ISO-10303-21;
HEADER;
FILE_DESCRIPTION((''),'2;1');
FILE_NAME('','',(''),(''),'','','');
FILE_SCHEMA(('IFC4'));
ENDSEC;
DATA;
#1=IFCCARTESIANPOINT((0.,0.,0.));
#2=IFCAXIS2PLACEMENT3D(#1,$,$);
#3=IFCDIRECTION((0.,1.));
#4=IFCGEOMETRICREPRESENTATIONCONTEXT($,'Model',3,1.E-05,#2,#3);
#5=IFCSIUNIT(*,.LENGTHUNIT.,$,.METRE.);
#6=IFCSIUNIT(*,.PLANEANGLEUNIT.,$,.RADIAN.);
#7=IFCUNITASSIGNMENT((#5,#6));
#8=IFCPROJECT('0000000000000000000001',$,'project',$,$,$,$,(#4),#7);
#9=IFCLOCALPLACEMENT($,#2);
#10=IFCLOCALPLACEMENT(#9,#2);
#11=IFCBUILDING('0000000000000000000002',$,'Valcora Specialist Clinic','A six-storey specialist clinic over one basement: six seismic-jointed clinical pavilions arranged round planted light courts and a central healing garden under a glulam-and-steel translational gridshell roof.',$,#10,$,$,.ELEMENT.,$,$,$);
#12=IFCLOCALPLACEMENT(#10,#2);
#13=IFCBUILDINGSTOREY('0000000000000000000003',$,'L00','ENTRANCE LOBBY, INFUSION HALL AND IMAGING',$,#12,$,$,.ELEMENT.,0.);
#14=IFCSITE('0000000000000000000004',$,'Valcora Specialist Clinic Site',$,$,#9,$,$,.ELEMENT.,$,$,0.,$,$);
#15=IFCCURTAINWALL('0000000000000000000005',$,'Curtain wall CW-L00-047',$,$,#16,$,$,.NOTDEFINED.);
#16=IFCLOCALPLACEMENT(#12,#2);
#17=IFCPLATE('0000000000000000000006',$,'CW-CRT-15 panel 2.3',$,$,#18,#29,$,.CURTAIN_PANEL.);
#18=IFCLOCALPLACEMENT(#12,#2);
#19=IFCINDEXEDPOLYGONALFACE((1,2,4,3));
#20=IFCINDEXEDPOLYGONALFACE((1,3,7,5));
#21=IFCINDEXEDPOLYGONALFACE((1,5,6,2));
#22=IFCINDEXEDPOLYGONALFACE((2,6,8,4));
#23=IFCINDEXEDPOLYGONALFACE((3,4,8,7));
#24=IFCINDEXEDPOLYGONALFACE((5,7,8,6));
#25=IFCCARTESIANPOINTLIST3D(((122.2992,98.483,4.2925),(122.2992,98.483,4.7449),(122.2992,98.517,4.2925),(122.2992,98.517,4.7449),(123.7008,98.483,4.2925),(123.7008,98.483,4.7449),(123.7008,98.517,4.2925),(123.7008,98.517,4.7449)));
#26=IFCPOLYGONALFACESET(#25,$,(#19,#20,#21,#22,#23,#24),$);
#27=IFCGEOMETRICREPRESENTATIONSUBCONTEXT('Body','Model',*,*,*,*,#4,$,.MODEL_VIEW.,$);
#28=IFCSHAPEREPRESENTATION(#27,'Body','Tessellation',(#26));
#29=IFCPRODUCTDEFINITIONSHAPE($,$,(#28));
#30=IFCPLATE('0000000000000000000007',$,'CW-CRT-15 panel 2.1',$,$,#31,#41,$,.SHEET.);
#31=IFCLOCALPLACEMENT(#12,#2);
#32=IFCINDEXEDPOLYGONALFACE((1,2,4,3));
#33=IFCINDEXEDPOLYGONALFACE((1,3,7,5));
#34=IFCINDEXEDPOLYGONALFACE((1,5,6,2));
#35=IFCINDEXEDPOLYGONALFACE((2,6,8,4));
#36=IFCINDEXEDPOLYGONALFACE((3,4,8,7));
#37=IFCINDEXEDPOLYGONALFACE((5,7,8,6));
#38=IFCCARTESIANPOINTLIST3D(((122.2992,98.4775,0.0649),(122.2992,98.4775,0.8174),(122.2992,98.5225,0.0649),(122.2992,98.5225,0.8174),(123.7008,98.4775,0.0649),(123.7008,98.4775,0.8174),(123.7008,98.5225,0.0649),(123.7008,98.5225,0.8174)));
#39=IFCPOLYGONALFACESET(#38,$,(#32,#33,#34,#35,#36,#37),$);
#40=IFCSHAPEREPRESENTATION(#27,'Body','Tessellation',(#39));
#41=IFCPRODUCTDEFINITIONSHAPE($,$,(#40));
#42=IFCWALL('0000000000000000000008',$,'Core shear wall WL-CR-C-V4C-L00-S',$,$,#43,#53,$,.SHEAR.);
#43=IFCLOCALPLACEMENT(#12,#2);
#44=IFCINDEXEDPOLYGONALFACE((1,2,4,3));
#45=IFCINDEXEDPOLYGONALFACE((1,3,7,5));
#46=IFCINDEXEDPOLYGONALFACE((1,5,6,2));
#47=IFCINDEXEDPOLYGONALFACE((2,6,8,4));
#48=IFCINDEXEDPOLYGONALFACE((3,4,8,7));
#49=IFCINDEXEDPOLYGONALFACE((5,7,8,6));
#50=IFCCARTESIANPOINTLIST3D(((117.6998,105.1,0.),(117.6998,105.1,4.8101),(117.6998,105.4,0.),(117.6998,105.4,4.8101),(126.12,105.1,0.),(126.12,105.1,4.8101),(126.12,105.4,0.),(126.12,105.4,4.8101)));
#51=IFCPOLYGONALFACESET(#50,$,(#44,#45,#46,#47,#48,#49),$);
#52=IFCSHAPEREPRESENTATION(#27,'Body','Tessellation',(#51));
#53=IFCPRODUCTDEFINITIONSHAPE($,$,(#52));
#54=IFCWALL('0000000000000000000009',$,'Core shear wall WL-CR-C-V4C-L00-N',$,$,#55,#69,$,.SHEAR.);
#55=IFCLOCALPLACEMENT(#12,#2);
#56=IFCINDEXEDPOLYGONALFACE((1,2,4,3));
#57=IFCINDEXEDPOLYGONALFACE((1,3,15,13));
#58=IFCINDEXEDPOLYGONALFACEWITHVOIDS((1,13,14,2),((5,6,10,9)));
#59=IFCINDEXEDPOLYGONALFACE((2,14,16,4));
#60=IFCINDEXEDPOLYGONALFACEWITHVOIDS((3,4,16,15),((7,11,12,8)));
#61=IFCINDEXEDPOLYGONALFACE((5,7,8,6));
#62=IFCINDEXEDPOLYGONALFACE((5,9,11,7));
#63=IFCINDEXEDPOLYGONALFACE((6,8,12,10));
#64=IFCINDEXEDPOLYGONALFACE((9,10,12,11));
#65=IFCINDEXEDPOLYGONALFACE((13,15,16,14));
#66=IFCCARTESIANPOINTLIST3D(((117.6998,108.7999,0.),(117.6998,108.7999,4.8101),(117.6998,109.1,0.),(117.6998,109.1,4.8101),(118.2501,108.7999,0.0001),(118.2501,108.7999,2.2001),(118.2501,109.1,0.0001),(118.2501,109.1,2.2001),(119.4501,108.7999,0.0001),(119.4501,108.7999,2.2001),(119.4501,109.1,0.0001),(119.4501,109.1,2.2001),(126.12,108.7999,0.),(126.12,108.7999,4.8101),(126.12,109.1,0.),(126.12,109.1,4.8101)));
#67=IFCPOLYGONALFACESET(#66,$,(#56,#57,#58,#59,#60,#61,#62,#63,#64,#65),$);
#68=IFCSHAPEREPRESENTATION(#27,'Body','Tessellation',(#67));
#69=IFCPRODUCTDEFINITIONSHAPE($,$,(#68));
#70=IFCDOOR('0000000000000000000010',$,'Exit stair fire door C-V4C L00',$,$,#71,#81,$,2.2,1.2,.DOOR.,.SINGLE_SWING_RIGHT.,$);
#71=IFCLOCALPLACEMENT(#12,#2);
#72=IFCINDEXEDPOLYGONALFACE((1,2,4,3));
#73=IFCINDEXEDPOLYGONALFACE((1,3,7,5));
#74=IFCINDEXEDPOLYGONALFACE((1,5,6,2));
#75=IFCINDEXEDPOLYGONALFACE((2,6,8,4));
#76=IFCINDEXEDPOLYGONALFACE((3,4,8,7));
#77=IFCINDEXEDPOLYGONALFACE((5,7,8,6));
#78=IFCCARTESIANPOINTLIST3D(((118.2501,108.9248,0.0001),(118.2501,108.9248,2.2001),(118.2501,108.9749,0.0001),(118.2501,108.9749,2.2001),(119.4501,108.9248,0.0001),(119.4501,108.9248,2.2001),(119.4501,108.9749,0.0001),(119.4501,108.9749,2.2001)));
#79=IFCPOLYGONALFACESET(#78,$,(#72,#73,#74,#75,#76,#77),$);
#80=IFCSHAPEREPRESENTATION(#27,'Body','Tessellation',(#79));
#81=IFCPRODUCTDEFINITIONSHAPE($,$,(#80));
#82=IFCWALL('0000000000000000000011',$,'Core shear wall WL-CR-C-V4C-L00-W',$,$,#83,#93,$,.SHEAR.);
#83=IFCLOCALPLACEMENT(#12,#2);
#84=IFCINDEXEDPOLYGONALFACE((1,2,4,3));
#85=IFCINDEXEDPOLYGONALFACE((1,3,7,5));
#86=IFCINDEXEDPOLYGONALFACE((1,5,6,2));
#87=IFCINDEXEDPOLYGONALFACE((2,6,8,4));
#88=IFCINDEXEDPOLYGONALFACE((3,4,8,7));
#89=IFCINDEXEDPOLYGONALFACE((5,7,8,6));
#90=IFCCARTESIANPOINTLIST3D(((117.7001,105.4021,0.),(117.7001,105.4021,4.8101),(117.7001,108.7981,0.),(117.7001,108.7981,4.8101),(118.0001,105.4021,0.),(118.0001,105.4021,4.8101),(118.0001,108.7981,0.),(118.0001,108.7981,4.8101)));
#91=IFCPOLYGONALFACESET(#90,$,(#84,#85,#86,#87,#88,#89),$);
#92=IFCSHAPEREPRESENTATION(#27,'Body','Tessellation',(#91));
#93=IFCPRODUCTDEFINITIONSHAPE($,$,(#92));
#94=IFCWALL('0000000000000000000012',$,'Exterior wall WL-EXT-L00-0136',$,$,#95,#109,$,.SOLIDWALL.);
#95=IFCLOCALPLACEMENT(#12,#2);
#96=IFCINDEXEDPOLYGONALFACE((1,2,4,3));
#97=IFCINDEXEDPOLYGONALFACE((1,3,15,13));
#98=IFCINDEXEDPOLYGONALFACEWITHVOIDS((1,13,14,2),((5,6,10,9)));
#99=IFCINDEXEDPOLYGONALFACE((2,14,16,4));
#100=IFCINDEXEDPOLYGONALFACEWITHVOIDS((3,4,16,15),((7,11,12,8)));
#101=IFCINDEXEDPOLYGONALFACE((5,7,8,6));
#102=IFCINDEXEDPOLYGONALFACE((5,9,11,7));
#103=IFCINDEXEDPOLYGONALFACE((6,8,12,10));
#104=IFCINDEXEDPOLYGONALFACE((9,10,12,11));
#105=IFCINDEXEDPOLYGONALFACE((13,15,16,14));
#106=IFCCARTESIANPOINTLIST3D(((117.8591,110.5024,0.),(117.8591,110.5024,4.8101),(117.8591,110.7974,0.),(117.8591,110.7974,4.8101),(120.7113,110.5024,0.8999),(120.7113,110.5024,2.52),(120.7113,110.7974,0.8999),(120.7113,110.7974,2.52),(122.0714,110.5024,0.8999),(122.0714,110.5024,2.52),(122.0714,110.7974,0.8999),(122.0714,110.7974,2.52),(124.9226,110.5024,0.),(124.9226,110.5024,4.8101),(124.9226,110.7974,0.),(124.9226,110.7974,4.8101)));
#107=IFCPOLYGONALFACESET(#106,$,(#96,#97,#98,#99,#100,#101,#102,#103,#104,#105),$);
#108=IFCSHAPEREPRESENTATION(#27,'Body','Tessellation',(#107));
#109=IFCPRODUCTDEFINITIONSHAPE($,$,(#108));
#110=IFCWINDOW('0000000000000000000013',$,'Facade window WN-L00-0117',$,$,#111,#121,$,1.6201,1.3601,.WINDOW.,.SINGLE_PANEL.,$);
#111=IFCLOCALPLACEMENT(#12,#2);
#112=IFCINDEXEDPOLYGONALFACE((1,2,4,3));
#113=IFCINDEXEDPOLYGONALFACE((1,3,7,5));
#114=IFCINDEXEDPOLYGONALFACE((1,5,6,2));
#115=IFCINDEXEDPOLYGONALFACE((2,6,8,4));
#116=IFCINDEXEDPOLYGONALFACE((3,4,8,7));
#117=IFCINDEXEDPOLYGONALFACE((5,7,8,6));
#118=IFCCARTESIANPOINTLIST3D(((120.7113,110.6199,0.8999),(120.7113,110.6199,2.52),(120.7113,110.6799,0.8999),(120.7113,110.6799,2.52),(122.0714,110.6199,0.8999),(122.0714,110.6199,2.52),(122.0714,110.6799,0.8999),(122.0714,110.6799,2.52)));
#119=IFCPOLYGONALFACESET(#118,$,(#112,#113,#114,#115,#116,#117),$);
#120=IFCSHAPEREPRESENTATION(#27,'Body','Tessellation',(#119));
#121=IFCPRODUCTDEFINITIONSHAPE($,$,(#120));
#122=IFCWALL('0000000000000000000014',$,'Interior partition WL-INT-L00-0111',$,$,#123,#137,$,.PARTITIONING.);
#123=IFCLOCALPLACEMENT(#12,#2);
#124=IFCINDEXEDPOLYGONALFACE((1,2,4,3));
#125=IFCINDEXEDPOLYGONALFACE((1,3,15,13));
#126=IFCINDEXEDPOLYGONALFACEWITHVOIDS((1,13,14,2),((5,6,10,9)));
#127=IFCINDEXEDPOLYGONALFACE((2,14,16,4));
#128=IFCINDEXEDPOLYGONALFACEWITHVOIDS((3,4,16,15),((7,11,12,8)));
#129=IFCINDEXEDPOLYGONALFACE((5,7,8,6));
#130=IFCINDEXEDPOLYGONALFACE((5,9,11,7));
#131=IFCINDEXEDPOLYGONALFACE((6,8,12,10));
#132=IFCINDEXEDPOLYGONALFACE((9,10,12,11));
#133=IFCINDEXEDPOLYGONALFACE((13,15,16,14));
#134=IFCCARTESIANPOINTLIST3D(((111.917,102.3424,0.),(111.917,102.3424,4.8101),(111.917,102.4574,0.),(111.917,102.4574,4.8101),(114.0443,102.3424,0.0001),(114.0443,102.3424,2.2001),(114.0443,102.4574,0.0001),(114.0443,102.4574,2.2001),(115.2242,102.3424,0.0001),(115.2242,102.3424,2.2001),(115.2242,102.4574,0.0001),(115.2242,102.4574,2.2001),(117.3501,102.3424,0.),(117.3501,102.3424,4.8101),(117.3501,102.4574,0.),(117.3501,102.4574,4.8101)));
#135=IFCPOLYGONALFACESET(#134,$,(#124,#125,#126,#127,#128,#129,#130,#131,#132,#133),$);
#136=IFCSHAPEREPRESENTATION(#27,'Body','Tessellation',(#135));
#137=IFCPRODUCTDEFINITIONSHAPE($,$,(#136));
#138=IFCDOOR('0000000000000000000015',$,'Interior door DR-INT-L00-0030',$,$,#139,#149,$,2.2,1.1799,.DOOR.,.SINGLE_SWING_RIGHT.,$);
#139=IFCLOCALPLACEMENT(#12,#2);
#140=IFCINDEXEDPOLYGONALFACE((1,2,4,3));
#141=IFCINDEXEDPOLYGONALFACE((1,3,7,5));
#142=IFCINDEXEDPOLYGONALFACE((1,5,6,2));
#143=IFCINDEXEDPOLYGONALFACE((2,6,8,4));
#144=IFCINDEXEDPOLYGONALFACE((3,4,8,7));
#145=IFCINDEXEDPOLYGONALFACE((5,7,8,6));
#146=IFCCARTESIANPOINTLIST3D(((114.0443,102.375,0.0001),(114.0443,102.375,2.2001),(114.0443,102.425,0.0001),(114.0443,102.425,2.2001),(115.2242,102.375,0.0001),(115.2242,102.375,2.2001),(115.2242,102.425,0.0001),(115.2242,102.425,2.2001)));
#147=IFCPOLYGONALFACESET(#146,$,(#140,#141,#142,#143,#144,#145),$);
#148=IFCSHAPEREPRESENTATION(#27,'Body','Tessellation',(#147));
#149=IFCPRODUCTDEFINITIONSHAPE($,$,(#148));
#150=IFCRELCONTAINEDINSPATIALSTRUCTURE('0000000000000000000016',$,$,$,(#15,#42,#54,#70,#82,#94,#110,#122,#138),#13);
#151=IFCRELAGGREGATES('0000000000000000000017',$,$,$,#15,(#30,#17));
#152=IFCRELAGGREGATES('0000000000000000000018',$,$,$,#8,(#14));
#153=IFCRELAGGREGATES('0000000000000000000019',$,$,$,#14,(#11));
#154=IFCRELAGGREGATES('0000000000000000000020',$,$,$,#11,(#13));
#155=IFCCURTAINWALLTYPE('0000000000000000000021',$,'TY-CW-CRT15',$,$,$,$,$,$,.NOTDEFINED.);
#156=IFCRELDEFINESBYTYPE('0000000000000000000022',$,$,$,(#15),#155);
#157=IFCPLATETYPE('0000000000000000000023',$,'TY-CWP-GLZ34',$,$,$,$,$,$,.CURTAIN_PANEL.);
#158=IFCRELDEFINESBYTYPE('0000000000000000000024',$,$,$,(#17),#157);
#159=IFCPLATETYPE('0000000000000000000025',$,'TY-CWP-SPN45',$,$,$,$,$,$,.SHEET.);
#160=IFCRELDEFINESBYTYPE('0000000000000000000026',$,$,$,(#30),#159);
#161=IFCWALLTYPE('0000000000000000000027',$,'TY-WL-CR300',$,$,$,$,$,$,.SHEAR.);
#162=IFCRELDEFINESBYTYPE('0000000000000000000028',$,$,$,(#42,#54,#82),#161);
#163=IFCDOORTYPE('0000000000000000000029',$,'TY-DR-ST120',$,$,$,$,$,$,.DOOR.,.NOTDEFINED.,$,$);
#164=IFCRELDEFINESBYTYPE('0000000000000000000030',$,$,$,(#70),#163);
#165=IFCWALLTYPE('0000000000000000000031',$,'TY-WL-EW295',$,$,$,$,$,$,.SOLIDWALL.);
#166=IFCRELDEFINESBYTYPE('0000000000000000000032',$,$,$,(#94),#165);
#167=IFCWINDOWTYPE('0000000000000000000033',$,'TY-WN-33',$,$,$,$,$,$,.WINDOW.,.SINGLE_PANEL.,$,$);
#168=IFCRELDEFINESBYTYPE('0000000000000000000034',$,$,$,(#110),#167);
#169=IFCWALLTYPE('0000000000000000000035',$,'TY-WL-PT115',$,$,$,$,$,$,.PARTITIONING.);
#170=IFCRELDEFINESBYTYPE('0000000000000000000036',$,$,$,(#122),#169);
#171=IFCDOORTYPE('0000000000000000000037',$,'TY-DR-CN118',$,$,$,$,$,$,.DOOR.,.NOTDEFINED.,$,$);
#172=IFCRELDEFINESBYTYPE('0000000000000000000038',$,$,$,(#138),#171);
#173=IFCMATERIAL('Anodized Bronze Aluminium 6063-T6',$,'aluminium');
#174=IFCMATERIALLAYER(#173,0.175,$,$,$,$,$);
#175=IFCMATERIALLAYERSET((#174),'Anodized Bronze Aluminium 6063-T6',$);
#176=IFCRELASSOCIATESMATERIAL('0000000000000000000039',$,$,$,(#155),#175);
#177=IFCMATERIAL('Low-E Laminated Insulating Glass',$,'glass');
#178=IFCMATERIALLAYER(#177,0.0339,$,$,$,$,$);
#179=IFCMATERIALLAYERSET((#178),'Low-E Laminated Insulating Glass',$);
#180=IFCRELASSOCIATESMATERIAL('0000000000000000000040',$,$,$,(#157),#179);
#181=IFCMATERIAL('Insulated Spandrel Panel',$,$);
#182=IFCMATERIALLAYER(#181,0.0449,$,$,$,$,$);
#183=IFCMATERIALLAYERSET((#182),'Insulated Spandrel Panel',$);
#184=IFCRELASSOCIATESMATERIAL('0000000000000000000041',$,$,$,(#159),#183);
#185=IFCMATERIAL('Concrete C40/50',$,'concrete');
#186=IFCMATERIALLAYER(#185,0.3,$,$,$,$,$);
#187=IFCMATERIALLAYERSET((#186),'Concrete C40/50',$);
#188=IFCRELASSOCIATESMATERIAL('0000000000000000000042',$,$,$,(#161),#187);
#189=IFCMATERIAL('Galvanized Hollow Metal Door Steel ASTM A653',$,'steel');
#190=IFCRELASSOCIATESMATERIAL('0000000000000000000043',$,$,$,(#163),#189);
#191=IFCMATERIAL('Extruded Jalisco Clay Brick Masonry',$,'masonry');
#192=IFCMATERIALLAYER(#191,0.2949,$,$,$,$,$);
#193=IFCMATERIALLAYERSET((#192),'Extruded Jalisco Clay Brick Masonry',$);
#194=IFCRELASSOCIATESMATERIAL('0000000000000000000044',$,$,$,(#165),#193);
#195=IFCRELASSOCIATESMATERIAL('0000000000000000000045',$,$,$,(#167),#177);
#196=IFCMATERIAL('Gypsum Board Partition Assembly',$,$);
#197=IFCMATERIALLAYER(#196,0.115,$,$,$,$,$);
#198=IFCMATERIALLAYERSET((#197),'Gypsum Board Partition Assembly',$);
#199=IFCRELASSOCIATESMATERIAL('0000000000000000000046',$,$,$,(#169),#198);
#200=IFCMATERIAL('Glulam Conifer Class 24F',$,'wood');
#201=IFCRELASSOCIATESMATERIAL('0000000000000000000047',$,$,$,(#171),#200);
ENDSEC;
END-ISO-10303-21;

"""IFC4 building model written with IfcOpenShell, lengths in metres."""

from ifc_helpers import new_model, si_unit, direction, frame, frame_2d, origin, origin_2d, place, context, subcontext, project, spatial, rectangle, extrude, material, layer, layer_set, type_object, element, fill, aggregate, save


model = new_model("IFC4")

# Units and contexts
model_context = context("Model", 3, precision=1e-05, world=origin(), true_north=direction((0.0, 1.0)))
body_context = subcontext(model_context, "Body", "Model", "MODEL_VIEW")
ifc_project = project(units=[si_unit("LENGTHUNIT", "METRE"), si_unit("PLANEANGLEUNIT", "RADIAN")], contexts=[model_context])

# Site, building, storey
site_placement = place(None, origin())
site = spatial("IfcSite", under=ifc_project, at=site_placement, Name="Valcora Specialist Clinic Site", CompositionType="ELEMENT", RefElevation=0.0)
building_placement = place(site_placement, origin())
building = spatial("IfcBuilding", under=site, at=building_placement, Name="Valcora Specialist Clinic", Description="A six-storey specialist clinic over one basement: six seismic-jointed clinical pavilions arranged round planted light courts and a central healing garden under a glulam-and-steel translational gridshell roof.", CompositionType="ELEMENT")
storey_placement = place(building_placement, origin())
storey = spatial("IfcBuildingStorey", under=building, at=storey_placement, Name="L00", Description="ENTRANCE LOBBY, INFUSION HALL AND IMAGING", CompositionType="ELEMENT", Elevation=0.0)

# Curtain wall, plates
ifc_material_1 = material(Name="Anodized Bronze Aluminium 6063-T6", Category="aluminium")
ifc_layer_1 = layer(ifc_material_1, 0.175)
ifc_layer_set_1 = layer_set([ifc_layer_1], Name="Anodized Bronze Aluminium 6063-T6")
curtain_wall_type = type_object("IfcCurtainWallType", Name="TY-CW-CRT15", PredefinedType="NOTDEFINED", material=ifc_layer_set_1)
curtain_wall_placement = place(storey_placement, origin())
curtain_wall = element("IfcCurtainWall", 1, at=curtain_wall_placement, inside=storey, type_object=curtain_wall_type, Name="Curtain wall CW-L00-047", PredefinedType="NOTDEFINED")
ifc_material_2 = material(Name="Low-E Laminated Insulating Glass", Category="glass")
ifc_layer_2 = layer(ifc_material_2, 0.0339)
ifc_layer_set_2 = layer_set([ifc_layer_2], Name="Low-E Laminated Insulating Glass")
plate_type_1 = type_object("IfcPlateType", Name="TY-CWP-GLZ34", PredefinedType="CURTAIN_PANEL", material=ifc_layer_set_2)
plate_1_placement = place(storey_placement, frame((123.0, 98.5, 4.2925), z_axis=(0.0, 0.0, 1.0), x_axis=(-1.0, 0.0, 0.0)))
plate_1 = element("IfcPlate", 2, at=plate_1_placement, type_object=plate_type_1, Name="CW-CRT-15 panel 2.3", PredefinedType="CURTAIN_PANEL", context=body_context, shape_type="SweptSolid", body=[
    extrude(rectangle(XDim=1.4016, YDim=0.0339, at=origin_2d()), origin(), (0.0, 0.0, 1.0), 0.4524),
])
ifc_material_3 = material(Name="Insulated Spandrel Panel")
ifc_layer_3 = layer(ifc_material_3, 0.0449)
ifc_layer_set_3 = layer_set([ifc_layer_3], Name="Insulated Spandrel Panel")
plate_type_2 = type_object("IfcPlateType", Name="TY-CWP-SPN45", PredefinedType="SHEET", material=ifc_layer_set_3)
plate_2_placement = place(storey_placement, frame((123.0, 98.5, 0.0649), z_axis=(0.0, 0.0, 1.0), x_axis=(-1.0, 0.0, 0.0)))
plate_2 = element("IfcPlate", 3, at=plate_2_placement, type_object=plate_type_2, Name="CW-CRT-15 panel 2.1", PredefinedType="SHEET", context=body_context, shape_type="SweptSolid", body=[
    extrude(rectangle(XDim=1.4016, YDim=0.0449, at=origin_2d()), origin(), (0.0, 0.0, 1.0), 0.7524),
])
aggregate(curtain_wall, [plate_2, plate_1])

# Wall
ifc_material_4 = material(Name="Concrete C40/50", Category="concrete")
ifc_layer_4 = layer(ifc_material_4, 0.3)
ifc_layer_set_4 = layer_set([ifc_layer_4], Name="Concrete C40/50")
wall_type_1 = type_object("IfcWallType", Name="TY-WL-CR300", PredefinedType="SHEAR", material=ifc_layer_set_4)
wall_1_placement = place(storey_placement, frame((117.7, 105.25, 0.0), z_axis=(0.0, 0.0, 1.0), x_axis=(1.0, 0.0, 0.0)))
element("IfcWall", 4, at=wall_1_placement, inside=storey, type_object=wall_type_1, Name="Core shear wall WL-CR-C-V4C-L00-S", PredefinedType="SHEAR", context=body_context, shape_type="SweptSolid", body=[
    extrude(rectangle(XDim=8.4202, YDim=0.3, at=frame_2d((4.21, 0.0))), origin(), (0.0, 0.0, 1.0), 4.8101),
])

# Wall, opening, door
wall_2_placement = place(storey_placement, frame((117.7, 108.95, 0.0), z_axis=(0.0, 0.0, 1.0), x_axis=(1.0, 0.0, 0.0)))
wall_2 = element("IfcWall", 5, at=wall_2_placement, inside=storey, type_object=wall_type_1, Name="Core shear wall WL-CR-C-V4C-L00-N", PredefinedType="SHEAR", context=body_context, shape_type="SweptSolid", body=[
    extrude(rectangle(XDim=8.4202, YDim=0.3, at=frame_2d((4.21, 0.0))), origin(), (0.0, 0.0, 1.0), 4.8101),
])
opening_1_placement = place(wall_2_placement, frame((0.55, 0.0, 0.0)))
opening_1 = element("IfcOpeningElement", 6, at=opening_1_placement, cuts=wall_2, PredefinedType="OPENING", context=body_context, shape_type="SweptSolid", body=[
    extrude(rectangle(XDim=1.2, YDim=2.2, at=frame_2d((0.6001, 1.1001))), frame((0.0, 0.1599, 0.0), z_axis=(0.0, -1.0, 0.0), x_axis=(1.0, 0.0, 0.0)), (0.0, 0.0, 1.0), 0.3201),
])
ifc_material_5 = material(Name="Galvanized Hollow Metal Door Steel ASTM A653", Category="steel")
door_type_1 = type_object("IfcDoorType", Name="TY-DR-ST120", OperationType="NOTDEFINED", PredefinedType="DOOR", material=ifc_material_5)
door_1_placement = place(opening_1_placement, origin())
door_1 = element("IfcDoor", 7, at=door_1_placement, inside=storey, type_object=door_type_1, Name="Exit stair fire door C-V4C L00", OperationType="SINGLE_SWING_RIGHT", OverallHeight=2.2, OverallWidth=1.2, PredefinedType="DOOR", context=body_context, shape_type="SweptSolid", body=[
    extrude(rectangle(XDim=1.2, YDim=2.2, at=frame_2d((0.6001, 1.1001))), frame((0.0, 0.0249, 0.0), z_axis=(0.0, -1.0, 0.0), x_axis=(1.0, 0.0, 0.0)), (0.0, 0.0, 1.0), 0.05),
])
fill(opening_1, door_1)

# Wall
wall_3_placement = place(storey_placement, frame((117.8501, 105.4021, 0.0), z_axis=(0.0, 0.0, 1.0), x_axis=(0.0, 1.0, 0.0)))
element("IfcWall", 8, at=wall_3_placement, inside=storey, type_object=wall_type_1, Name="Core shear wall WL-CR-C-V4C-L00-W", PredefinedType="SHEAR", context=body_context, shape_type="SweptSolid", body=[
    extrude(rectangle(XDim=3.396, YDim=0.3, at=frame_2d((1.698, 0.0))), origin(), (0.0, 0.0, 1.0), 4.8101),
])

# Wall, opening, window
ifc_material_6 = material(Name="Extruded Jalisco Clay Brick Masonry", Category="masonry")
ifc_layer_5 = layer(ifc_material_6, 0.2949)
ifc_layer_set_5 = layer_set([ifc_layer_5], Name="Extruded Jalisco Clay Brick Masonry")
wall_type_2 = type_object("IfcWallType", Name="TY-WL-EW295", PredefinedType="SOLIDWALL", material=ifc_layer_set_5)
wall_4_placement = place(storey_placement, frame((117.8591, 110.6499, 0.0), z_axis=(0.0, 0.0, 1.0), x_axis=(1.0, 0.0, 0.0)))
wall_4 = element("IfcWall", 9, at=wall_4_placement, inside=storey, type_object=wall_type_2, Name="Exterior wall WL-EXT-L00-0136", PredefinedType="SOLIDWALL", context=body_context, shape_type="SweptSolid", body=[
    extrude(rectangle(XDim=7.0635, YDim=0.2949, at=frame_2d((3.5317, 0.0))), origin(), (0.0, 0.0, 1.0), 4.8101),
])
opening_2_placement = place(wall_4_placement, frame((2.8521, 0.0, 0.8999)))
opening_2 = element("IfcOpeningElement", 10, at=opening_2_placement, cuts=wall_4, PredefinedType="OPENING", context=body_context, shape_type="SweptSolid", body=[
    extrude(rectangle(XDim=1.3601, YDim=1.6201, at=frame_2d((0.6802, 0.8101))), frame((0.0, 0.1575, 0.0), z_axis=(0.0, -1.0, 0.0), x_axis=(1.0, 0.0, 0.0)), (0.0, 0.0, 1.0), 0.3149),
])
window_type = type_object("IfcWindowType", Name="TY-WN-33", PartitioningType="SINGLE_PANEL", PredefinedType="WINDOW", material=ifc_material_2)
window_placement = place(opening_2_placement, origin())
window = element("IfcWindow", 11, at=window_placement, inside=storey, type_object=window_type, Name="Facade window WN-L00-0117", OverallHeight=1.6201, OverallWidth=1.3601, PartitioningType="SINGLE_PANEL", PredefinedType="WINDOW", context=body_context, shape_type="SweptSolid", body=[
    extrude(rectangle(XDim=1.3601, YDim=1.6201, at=frame_2d((0.6802, 0.8101))), frame((0.0, 0.03, 0.0), z_axis=(0.0, -1.0, 0.0), x_axis=(1.0, 0.0, 0.0)), (0.0, 0.0, 1.0), 0.0601),
])
fill(opening_2, window)

# Wall, opening, door
ifc_material_7 = material(Name="Gypsum Board Partition Assembly")
ifc_layer_6 = layer(ifc_material_7, 0.115)
ifc_layer_set_6 = layer_set([ifc_layer_6], Name="Gypsum Board Partition Assembly")
wall_type_3 = type_object("IfcWallType", Name="TY-WL-PT115", PredefinedType="PARTITIONING", material=ifc_layer_set_6)
wall_5_placement = place(storey_placement, frame((117.3501, 102.3999, 0.0), z_axis=(0.0, 0.0, 1.0), x_axis=(-1.0, 0.0, 0.0)))
wall_5 = element("IfcWall", 12, at=wall_5_placement, inside=storey, type_object=wall_type_3, Name="Interior partition WL-INT-L00-0111", PredefinedType="PARTITIONING", context=body_context, shape_type="SweptSolid", body=[
    extrude(rectangle(XDim=5.4331, YDim=0.115, at=frame_2d((2.7166, 0.0))), origin(), (0.0, 0.0, 1.0), 4.8101),
])
opening_3_placement = place(wall_5_placement, frame((2.126, 0.0, 0.0)))
opening_3 = element("IfcOpeningElement", 13, at=opening_3_placement, cuts=wall_5, PredefinedType="OPENING", context=body_context, shape_type="SweptSolid", body=[
    extrude(rectangle(XDim=1.1799, YDim=2.2, at=frame_2d((0.5898, 1.1001))), frame((0.0, 0.0674, 0.0), z_axis=(0.0, -1.0, 0.0), x_axis=(1.0, 0.0, 0.0)), (0.0, 0.0, 1.0), 0.135),
])
ifc_material_8 = material(Name="Glulam Conifer Class 24F", Category="wood")
door_type_2 = type_object("IfcDoorType", Name="TY-DR-CN118", OperationType="NOTDEFINED", PredefinedType="DOOR", material=ifc_material_8)
door_2_placement = place(opening_3_placement, origin())
door_2 = element("IfcDoor", 14, at=door_2_placement, inside=storey, type_object=door_type_2, Name="Interior door DR-INT-L00-0030", OperationType="SINGLE_SWING_RIGHT", OverallHeight=2.2, OverallWidth=1.1799, PredefinedType="DOOR", context=body_context, shape_type="SweptSolid", body=[
    extrude(rectangle(XDim=1.1799, YDim=2.2, at=frame_2d((0.5898, 1.1001))), frame((0.0, 0.0249, 0.0), z_axis=(0.0, -1.0, 0.0), x_axis=(1.0, 0.0, 0.0)), (0.0, 0.0, 1.0), 0.05),
])
fill(opening_3, door_2)

save(model, "model.ifc")
